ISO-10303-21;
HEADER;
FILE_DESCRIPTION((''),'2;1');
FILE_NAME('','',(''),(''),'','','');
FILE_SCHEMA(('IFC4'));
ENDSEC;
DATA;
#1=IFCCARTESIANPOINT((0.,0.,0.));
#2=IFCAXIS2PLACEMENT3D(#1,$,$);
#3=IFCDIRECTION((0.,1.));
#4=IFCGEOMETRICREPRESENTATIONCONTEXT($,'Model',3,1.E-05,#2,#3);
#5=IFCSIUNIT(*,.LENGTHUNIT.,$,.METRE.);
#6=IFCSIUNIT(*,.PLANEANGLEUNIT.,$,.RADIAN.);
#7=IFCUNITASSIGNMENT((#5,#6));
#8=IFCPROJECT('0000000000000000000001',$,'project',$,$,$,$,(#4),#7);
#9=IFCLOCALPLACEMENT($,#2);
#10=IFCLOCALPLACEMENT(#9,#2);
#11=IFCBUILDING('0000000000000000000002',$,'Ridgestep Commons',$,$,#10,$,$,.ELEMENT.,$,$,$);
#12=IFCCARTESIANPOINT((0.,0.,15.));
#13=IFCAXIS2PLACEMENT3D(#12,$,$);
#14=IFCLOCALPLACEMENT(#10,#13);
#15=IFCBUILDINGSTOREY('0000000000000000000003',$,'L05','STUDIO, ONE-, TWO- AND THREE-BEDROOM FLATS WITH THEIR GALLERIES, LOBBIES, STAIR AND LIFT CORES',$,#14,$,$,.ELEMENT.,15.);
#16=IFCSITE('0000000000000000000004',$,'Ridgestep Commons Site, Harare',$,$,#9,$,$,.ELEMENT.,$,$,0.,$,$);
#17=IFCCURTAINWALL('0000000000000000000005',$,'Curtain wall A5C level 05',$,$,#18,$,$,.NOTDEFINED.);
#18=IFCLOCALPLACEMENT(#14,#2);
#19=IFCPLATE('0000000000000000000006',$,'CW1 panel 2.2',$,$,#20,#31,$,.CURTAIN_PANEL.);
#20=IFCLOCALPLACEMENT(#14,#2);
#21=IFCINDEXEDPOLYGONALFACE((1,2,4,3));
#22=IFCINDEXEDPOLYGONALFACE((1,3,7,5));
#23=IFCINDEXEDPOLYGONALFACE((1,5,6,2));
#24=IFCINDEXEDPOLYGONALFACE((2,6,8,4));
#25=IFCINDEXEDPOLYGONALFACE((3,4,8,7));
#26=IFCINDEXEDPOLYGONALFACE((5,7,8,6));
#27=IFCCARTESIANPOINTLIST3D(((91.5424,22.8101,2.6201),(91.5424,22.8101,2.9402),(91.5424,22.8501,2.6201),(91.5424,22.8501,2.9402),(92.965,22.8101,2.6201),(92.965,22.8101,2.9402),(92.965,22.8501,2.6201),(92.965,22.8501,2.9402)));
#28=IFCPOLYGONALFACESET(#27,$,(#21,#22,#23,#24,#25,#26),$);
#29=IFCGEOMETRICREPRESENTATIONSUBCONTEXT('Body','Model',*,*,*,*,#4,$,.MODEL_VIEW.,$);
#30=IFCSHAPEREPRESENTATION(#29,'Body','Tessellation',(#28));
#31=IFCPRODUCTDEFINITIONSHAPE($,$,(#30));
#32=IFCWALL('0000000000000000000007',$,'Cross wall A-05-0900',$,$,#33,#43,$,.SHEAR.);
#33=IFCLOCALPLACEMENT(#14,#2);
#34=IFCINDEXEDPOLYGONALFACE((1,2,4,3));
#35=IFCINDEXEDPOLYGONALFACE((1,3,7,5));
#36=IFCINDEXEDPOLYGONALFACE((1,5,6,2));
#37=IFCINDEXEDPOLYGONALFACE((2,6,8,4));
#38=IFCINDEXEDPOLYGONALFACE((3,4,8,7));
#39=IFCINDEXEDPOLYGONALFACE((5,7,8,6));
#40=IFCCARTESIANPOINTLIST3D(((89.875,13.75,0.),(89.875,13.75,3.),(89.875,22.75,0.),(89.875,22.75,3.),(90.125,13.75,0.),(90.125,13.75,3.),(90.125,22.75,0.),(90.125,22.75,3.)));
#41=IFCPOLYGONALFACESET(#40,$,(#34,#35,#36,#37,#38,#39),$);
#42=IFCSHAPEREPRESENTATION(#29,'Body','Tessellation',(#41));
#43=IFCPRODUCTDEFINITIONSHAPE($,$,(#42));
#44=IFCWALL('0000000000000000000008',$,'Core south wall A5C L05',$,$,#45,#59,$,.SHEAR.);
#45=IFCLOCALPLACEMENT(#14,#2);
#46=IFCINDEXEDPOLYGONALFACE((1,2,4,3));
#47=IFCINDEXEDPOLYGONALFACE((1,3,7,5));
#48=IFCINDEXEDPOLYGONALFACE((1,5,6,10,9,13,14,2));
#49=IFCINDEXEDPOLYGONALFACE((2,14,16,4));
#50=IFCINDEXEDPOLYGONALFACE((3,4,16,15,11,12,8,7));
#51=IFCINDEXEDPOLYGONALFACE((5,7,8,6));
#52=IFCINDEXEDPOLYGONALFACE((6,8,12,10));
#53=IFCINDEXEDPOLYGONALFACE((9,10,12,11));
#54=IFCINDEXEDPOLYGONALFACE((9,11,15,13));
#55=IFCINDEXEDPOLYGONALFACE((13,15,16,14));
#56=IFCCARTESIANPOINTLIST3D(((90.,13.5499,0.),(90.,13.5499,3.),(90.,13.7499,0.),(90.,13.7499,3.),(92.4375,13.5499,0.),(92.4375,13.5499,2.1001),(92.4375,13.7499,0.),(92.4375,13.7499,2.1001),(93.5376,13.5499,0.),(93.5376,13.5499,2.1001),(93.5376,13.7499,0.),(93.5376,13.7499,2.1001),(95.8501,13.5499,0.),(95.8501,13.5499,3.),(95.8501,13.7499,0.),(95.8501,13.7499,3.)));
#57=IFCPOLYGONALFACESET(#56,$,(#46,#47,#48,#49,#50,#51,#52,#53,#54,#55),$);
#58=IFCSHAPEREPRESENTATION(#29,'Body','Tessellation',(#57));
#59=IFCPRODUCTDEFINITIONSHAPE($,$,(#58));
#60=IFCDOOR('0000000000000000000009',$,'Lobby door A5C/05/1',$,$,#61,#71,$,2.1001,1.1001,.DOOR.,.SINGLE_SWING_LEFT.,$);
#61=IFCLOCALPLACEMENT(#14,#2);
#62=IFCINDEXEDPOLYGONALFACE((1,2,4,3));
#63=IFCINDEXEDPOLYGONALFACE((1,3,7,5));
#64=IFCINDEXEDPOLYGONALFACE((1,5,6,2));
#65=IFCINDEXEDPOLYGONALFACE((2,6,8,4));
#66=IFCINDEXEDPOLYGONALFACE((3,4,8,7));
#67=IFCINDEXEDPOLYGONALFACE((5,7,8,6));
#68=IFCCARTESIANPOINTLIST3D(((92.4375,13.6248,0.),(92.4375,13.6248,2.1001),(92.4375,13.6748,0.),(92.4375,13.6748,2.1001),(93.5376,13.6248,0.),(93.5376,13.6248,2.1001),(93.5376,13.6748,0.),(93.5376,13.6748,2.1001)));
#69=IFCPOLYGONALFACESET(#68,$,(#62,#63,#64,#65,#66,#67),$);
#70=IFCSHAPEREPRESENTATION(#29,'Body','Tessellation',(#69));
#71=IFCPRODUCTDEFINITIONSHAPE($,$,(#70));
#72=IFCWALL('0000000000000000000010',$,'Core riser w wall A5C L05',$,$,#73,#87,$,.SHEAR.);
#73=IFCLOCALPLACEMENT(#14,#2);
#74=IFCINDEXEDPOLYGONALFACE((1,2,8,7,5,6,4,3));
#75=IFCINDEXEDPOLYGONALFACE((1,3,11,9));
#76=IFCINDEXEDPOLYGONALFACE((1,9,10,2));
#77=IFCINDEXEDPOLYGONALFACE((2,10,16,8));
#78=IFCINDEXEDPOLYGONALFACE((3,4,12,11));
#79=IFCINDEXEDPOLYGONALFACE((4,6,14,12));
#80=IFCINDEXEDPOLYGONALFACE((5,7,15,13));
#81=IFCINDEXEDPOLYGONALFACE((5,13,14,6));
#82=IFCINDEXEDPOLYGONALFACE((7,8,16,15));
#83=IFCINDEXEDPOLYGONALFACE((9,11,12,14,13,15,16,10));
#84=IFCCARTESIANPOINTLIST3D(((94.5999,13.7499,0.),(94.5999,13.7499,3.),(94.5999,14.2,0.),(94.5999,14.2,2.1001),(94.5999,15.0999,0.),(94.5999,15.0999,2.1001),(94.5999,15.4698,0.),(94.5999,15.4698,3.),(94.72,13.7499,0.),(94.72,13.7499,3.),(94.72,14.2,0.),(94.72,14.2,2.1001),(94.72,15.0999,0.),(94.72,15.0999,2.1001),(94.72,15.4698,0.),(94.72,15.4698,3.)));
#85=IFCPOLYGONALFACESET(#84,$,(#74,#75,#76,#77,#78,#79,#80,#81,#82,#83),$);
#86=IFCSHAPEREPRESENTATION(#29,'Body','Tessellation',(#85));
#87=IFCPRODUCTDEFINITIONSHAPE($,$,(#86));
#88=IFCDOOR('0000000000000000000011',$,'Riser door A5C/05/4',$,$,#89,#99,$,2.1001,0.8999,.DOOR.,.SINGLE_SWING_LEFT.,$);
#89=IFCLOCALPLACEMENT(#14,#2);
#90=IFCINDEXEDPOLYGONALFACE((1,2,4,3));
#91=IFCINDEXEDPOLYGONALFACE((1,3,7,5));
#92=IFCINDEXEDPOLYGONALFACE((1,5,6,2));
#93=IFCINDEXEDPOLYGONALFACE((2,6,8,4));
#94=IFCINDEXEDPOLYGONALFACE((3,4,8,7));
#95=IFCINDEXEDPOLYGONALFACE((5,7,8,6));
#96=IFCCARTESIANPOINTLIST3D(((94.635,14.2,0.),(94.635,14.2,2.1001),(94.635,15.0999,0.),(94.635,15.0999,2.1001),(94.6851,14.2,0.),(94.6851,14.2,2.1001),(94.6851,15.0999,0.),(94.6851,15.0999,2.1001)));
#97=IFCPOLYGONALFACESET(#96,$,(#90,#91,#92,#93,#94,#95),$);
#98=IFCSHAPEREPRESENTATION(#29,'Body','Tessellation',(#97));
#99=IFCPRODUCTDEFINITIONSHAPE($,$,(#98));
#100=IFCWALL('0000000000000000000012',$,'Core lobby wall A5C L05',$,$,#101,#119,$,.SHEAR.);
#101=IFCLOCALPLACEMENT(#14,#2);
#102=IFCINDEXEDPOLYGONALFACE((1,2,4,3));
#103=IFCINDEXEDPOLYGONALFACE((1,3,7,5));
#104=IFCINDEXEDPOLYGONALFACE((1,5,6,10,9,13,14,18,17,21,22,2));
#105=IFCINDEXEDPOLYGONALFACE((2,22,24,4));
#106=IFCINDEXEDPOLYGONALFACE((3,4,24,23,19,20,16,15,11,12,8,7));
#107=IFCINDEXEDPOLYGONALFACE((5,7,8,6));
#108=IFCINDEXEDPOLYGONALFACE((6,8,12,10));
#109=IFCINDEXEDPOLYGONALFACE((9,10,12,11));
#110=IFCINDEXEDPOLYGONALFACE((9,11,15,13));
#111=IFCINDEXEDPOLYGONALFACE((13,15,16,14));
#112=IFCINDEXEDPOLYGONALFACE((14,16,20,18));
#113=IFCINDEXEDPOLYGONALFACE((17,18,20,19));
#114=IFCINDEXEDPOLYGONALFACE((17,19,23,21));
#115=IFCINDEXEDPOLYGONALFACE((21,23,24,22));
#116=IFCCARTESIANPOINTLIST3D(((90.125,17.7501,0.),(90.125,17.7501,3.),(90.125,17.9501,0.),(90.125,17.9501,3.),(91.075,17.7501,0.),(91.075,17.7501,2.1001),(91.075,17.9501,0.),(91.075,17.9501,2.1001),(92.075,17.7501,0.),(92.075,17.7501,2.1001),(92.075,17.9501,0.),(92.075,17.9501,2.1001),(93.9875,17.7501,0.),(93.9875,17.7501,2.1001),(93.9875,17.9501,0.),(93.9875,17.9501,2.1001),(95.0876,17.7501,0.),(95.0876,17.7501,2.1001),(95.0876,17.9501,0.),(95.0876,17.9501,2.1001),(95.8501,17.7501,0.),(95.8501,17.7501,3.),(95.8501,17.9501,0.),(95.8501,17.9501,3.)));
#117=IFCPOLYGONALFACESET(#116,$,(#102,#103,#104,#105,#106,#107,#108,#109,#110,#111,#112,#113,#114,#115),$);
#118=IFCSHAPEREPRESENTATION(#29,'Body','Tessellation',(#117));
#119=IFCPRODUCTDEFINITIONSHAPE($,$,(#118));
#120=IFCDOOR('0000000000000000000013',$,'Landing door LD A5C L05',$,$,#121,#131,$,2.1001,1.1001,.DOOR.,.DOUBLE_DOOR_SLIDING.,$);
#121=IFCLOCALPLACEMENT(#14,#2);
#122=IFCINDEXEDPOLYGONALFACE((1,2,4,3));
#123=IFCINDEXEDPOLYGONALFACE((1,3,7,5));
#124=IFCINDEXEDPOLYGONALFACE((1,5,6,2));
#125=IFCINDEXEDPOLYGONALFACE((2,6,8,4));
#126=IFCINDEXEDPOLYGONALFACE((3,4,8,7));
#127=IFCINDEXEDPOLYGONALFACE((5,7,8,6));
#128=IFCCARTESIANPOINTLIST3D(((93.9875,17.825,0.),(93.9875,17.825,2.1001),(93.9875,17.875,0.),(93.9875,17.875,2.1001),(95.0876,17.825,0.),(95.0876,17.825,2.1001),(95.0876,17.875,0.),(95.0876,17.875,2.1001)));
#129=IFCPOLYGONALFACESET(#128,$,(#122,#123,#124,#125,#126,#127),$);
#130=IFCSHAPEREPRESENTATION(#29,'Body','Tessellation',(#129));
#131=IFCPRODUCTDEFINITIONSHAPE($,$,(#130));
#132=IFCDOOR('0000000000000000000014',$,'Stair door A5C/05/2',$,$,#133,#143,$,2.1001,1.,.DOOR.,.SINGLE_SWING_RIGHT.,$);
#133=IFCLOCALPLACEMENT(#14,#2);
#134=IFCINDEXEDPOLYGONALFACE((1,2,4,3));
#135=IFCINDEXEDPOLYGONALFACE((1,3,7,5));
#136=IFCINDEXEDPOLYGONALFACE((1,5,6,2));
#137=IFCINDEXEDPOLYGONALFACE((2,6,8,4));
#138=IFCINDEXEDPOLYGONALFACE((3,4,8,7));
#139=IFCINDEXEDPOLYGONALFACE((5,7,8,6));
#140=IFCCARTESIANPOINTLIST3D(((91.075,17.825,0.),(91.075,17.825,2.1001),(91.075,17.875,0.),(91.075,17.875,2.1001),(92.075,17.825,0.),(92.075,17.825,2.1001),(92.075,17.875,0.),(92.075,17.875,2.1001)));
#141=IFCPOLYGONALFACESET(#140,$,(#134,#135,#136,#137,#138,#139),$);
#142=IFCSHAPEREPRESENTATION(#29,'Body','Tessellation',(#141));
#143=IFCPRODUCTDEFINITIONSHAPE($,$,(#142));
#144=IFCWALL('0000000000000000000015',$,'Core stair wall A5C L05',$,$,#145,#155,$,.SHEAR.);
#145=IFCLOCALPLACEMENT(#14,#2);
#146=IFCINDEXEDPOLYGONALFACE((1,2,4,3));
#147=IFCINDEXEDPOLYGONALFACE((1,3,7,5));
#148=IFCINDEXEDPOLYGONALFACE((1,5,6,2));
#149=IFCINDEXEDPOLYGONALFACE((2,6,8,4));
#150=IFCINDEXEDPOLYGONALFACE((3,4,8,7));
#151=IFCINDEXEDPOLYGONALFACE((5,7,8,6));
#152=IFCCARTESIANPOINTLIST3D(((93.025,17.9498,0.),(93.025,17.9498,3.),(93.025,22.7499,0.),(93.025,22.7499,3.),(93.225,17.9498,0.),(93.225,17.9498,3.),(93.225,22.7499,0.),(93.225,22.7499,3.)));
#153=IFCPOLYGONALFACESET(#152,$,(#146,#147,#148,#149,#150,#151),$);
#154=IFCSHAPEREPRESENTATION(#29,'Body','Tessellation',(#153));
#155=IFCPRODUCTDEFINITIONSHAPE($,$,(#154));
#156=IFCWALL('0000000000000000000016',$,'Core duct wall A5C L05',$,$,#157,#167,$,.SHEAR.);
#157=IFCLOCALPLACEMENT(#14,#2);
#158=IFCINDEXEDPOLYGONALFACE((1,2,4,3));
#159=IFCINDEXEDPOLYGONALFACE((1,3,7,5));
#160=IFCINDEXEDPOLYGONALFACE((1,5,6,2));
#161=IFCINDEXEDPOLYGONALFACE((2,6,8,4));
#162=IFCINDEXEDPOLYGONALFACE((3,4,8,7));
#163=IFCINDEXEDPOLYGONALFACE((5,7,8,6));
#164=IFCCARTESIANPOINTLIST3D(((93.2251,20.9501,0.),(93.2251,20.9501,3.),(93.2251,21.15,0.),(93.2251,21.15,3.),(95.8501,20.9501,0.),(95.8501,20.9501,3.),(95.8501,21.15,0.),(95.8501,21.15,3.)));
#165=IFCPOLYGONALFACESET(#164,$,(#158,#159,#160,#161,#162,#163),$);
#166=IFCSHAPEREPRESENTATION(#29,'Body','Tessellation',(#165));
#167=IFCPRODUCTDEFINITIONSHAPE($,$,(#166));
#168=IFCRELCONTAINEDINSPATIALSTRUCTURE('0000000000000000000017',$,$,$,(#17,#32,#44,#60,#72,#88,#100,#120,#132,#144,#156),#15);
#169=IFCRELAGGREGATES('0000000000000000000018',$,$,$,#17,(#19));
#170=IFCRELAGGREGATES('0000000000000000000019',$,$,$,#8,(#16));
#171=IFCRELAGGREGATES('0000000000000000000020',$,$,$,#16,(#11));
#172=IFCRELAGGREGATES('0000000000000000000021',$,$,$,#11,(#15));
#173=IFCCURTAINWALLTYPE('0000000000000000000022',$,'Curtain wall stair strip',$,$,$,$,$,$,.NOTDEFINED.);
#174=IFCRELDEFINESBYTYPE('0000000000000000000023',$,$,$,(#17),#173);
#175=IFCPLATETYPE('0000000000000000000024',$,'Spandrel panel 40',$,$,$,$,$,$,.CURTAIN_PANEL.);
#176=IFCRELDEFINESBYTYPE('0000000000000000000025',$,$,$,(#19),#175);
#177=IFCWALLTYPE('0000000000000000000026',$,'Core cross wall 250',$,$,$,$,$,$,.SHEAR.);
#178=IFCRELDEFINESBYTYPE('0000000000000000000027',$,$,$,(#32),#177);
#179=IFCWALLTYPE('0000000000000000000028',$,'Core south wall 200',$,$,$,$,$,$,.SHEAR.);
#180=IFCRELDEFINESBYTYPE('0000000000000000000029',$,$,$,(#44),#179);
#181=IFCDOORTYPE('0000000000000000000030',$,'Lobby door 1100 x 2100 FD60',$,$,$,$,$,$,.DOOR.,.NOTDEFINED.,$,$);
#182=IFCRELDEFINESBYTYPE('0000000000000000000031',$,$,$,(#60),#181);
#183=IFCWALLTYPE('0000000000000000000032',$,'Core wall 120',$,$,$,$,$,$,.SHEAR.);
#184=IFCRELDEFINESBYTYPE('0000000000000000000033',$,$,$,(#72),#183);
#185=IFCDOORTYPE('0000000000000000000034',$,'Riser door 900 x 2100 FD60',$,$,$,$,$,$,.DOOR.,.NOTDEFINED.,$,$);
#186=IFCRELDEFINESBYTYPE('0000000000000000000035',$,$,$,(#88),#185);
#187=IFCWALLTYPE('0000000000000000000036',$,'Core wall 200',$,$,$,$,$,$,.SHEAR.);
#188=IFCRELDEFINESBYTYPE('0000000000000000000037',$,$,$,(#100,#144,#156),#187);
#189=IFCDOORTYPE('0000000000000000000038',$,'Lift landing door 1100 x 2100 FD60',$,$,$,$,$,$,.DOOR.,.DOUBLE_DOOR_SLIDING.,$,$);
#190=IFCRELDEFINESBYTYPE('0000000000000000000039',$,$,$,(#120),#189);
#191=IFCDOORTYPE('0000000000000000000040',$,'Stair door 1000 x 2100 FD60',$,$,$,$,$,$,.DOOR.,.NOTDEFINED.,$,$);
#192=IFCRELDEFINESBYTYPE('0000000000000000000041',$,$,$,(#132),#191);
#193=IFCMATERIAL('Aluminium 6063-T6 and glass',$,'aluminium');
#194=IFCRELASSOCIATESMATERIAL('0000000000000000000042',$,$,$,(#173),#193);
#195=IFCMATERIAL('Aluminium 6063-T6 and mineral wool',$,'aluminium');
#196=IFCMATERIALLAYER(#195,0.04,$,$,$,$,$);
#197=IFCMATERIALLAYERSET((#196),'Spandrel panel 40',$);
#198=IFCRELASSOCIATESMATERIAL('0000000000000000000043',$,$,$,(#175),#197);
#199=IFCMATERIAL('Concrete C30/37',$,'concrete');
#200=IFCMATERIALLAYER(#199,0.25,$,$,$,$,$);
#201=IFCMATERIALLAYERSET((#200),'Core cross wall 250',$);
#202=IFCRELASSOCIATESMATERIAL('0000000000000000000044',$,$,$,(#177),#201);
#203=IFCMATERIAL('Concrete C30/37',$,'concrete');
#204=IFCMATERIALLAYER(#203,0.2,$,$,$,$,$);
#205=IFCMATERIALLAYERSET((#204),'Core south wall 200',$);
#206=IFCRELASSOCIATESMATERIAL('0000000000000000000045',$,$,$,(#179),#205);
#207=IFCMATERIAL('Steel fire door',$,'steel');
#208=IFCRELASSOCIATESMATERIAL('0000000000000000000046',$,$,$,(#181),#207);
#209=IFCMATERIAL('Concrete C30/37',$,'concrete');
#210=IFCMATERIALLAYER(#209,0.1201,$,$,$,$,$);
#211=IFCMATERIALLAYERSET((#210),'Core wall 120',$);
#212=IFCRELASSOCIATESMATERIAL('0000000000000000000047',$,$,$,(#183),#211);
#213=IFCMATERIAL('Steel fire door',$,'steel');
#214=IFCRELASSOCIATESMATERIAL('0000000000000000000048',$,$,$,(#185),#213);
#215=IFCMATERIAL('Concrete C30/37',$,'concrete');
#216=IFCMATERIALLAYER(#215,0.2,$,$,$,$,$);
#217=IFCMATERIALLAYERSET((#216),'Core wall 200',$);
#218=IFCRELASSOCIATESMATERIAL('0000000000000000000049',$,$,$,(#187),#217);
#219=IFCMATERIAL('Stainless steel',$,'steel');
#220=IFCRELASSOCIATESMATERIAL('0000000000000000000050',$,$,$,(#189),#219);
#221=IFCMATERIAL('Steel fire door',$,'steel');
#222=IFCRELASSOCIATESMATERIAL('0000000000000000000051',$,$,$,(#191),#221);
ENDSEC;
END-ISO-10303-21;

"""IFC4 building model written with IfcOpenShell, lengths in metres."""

from ifc_helpers import new_model, si_unit, direction, frame, frame_2d, origin, origin_2d, place, context, subcontext, project, spatial, rectangle, extrude, material, layer, layer_set, type_object, element, fill, aggregate, save


model = new_model("IFC4")

# Units and contexts
model_context = context("Model", 3, precision=1e-05, world=origin(), true_north=direction((0.0, 1.0)))
body_context = subcontext(model_context, "Body", "Model", "MODEL_VIEW")
ifc_project = project(units=[si_unit("LENGTHUNIT", "METRE"), si_unit("PLANEANGLEUNIT", "RADIAN")], contexts=[model_context])

# Site, building, storey
site_placement = place(None, origin())
site = spatial("IfcSite", under=ifc_project, at=site_placement, Name="Ridgestep Commons Site, Harare", CompositionType="ELEMENT", RefElevation=0.0)
building_placement = place(site_placement, origin())
building = spatial("IfcBuilding", under=site, at=building_placement, Name="Ridgestep Commons", CompositionType="ELEMENT")
storey_placement = place(building_placement, frame((0.0, 0.0, 15.0)))
storey = spatial("IfcBuildingStorey", under=building, at=storey_placement, Name="L05", Description="STUDIO, ONE-, TWO- AND THREE-BEDROOM FLATS WITH THEIR GALLERIES, LOBBIES, STAIR AND LIFT CORES", CompositionType="ELEMENT", Elevation=15.0)

# Curtain wall, plate
ifc_material_1 = material(Name="Aluminium 6063-T6 and glass", Category="aluminium")
curtain_wall_type = type_object("IfcCurtainWallType", Name="Curtain wall stair strip", PredefinedType="NOTDEFINED", material=ifc_material_1)
curtain_wall_placement = place(storey_placement, origin())
curtain_wall = element("IfcCurtainWall", 1, at=curtain_wall_placement, inside=storey, type_object=curtain_wall_type, Name="Curtain wall A5C level 05", PredefinedType="NOTDEFINED")
ifc_material_2 = material(Name="Aluminium 6063-T6 and mineral wool", Category="aluminium")
ifc_layer_1 = layer(ifc_material_2, 0.04)
ifc_layer_set_1 = layer_set([ifc_layer_1], Name="Spandrel panel 40")
plate_type_1 = type_object("IfcPlateType", Name="Spandrel panel 40", PredefinedType="CURTAIN_PANEL", material=ifc_layer_set_1)
plate_1_placement = place(storey_placement, frame((92.2537, 22.8301, 2.6201), z_axis=(0.0, 0.0, 1.0), x_axis=(1.0, 0.0, 0.0)))
plate_1 = element("IfcPlate", 2, at=plate_1_placement, type_object=plate_type_1, Name="CW1 panel 2.2", PredefinedType="CURTAIN_PANEL", context=body_context, shape_type="SweptSolid", body=[
    extrude(rectangle(XDim=1.4226, YDim=0.04, at=origin_2d()), origin(), (0.0, 0.0, 1.0), 0.3201),
])
aggregate(curtain_wall, [plate_1])

# Wall
ifc_material_3 = material(Name="Concrete C30/37", Category="concrete")
ifc_layer_2 = layer(ifc_material_3, 0.25)
ifc_layer_set_2 = layer_set([ifc_layer_2], Name="Core cross wall 250")
wall_type_1 = type_object("IfcWallType", Name="Core cross wall 250", PredefinedType="SHEAR", material=ifc_layer_set_2)
wall_1_placement = place(storey_placement, frame((90.0, 13.75, 0.0), z_axis=(0.0, 0.0, 1.0), x_axis=(0.0, 1.0, 0.0)))
element("IfcWall", 3, at=wall_1_placement, inside=storey, type_object=wall_type_1, Name="Cross wall A-05-0900", PredefinedType="SHEAR", context=body_context, shape_type="SweptSolid", body=[
    extrude(rectangle(XDim=9.0, YDim=0.25, at=frame_2d((4.5, 0.0))), origin(), (0.0, 0.0, 1.0), 3.0),
])

# Walls, openings, doors
ifc_material_4 = material(Name="Concrete C30/37", Category="concrete")
ifc_layer_3 = layer(ifc_material_4, 0.2)
ifc_layer_set_3 = layer_set([ifc_layer_3], Name="Core south wall 200")
wall_type_2 = type_object("IfcWallType", Name="Core south wall 200", PredefinedType="SHEAR", material=ifc_layer_set_3)
wall_2_placement = place(storey_placement, frame((90.0, 13.6499, 0.0), z_axis=(0.0, 0.0, 1.0), x_axis=(1.0, 0.0, 0.0)))
wall_2 = element("IfcWall", 4, at=wall_2_placement, inside=storey, type_object=wall_type_2, Name="Core south wall A5C L05", PredefinedType="SHEAR", context=body_context, shape_type="SweptSolid", body=[
    extrude(rectangle(XDim=5.8501, YDim=0.2, at=frame_2d((2.925, 0.0))), origin(), (0.0, 0.0, 1.0), 3.0),
])
opening_1_placement = place(wall_2_placement, frame((2.4375, 0.0, 0.0)))
opening_1 = element("IfcOpeningElement", 5, at=opening_1_placement, cuts=wall_2, PredefinedType="OPENING", context=body_context, shape_type="SweptSolid", body=[
    extrude(rectangle(XDim=1.1001, YDim=2.1001, at=frame_2d((0.55, 1.05))), frame((0.0, 0.1099, 0.0), z_axis=(0.0, -1.0, 0.0), x_axis=(1.0, 0.0, 0.0)), (0.0, 0.0, 1.0), 0.22),
])
ifc_material_5 = material(Name="Steel fire door", Category="steel")
door_type_1 = type_object("IfcDoorType", Name="Lobby door 1100 x 2100 FD60", OperationType="NOTDEFINED", PredefinedType="DOOR", material=ifc_material_5)
door_1_placement = place(opening_1_placement, origin())
door_1 = element("IfcDoor", 6, at=door_1_placement, inside=storey, type_object=door_type_1, Name="Lobby door A5C/05/1", OperationType="SINGLE_SWING_LEFT", OverallHeight=2.1001, OverallWidth=1.1001, PredefinedType="DOOR", context=body_context, shape_type="SweptSolid", body=[
    extrude(rectangle(XDim=1.1001, YDim=2.1001, at=frame_2d((0.55, 1.05))), frame((0.0, 0.0249, 0.0), z_axis=(0.0, -1.0, 0.0), x_axis=(1.0, 0.0, 0.0)), (0.0, 0.0, 1.0), 0.05),
])
fill(opening_1, door_1)
ifc_material_6 = material(Name="Concrete C30/37", Category="concrete")
ifc_layer_4 = layer(ifc_material_6, 0.1201)
ifc_layer_set_4 = layer_set([ifc_layer_4], Name="Core wall 120")
wall_type_3 = type_object("IfcWallType", Name="Core wall 120", PredefinedType="SHEAR", material=ifc_layer_set_4)
wall_3_placement = place(storey_placement, frame((94.6599, 13.75, 0.0), z_axis=(0.0, 0.0, 1.0), x_axis=(0.0, 1.0, 0.0)))
wall_3 = element("IfcWall", 7, at=wall_3_placement, inside=storey, type_object=wall_type_3, Name="Core riser w wall A5C L05", PredefinedType="SHEAR", context=body_context, shape_type="SweptSolid", body=[
    extrude(rectangle(XDim=1.72, YDim=0.1201, at=frame_2d((0.8599, 0.0))), origin(), (0.0, 0.0, 1.0), 3.0),
])
opening_2_placement = place(wall_3_placement, frame((0.45, 0.0, 0.0)))
opening_2 = element("IfcOpeningElement", 8, at=opening_2_placement, cuts=wall_3, PredefinedType="OPENING", context=body_context, shape_type="SweptSolid", body=[
    extrude(rectangle(XDim=0.8999, YDim=2.1001, at=frame_2d((0.45, 1.05))), frame((0.0, 0.0701, 0.0), z_axis=(0.0, -1.0, 0.0), x_axis=(1.0, 0.0, 0.0)), (0.0, 0.0, 1.0), 0.1401),
])
ifc_material_7 = material(Name="Steel fire door", Category="steel")
door_type_2 = type_object("IfcDoorType", Name="Riser door 900 x 2100 FD60", OperationType="NOTDEFINED", PredefinedType="DOOR", material=ifc_material_7)
door_2_placement = place(opening_2_placement, origin())
door_2 = element("IfcDoor", 9, at=door_2_placement, inside=storey, type_object=door_type_2, Name="Riser door A5C/05/4", OperationType="SINGLE_SWING_LEFT", OverallHeight=2.1001, OverallWidth=0.8999, PredefinedType="DOOR", context=body_context, shape_type="SweptSolid", body=[
    extrude(rectangle(XDim=0.8999, YDim=2.1001, at=frame_2d((0.45, 1.05))), frame((0.0, 0.0249, 0.0), z_axis=(0.0, -1.0, 0.0), x_axis=(1.0, 0.0, 0.0)), (0.0, 0.0, 1.0), 0.05),
])
fill(opening_2, door_2)

# Wall, openings, doors
ifc_material_8 = material(Name="Concrete C30/37", Category="concrete")
ifc_layer_5 = layer(ifc_material_8, 0.2)
ifc_layer_set_5 = layer_set([ifc_layer_5], Name="Core wall 200")
wall_type_4 = type_object("IfcWallType", Name="Core wall 200", PredefinedType="SHEAR", material=ifc_layer_set_5)
wall_4_placement = place(storey_placement, frame((90.125, 17.8501, 0.0), z_axis=(0.0, 0.0, 1.0), x_axis=(1.0, 0.0, 0.0)))
wall_4 = element("IfcWall", 10, at=wall_4_placement, inside=storey, type_object=wall_type_4, Name="Core lobby wall A5C L05", PredefinedType="SHEAR", context=body_context, shape_type="SweptSolid", body=[
    extrude(rectangle(XDim=5.7251, YDim=0.2, at=frame_2d((2.8625, 0.0))), origin(), (0.0, 0.0, 1.0), 3.0),
])
opening_3_placement = place(wall_4_placement, frame((0.95, 0.0, 0.0)))
opening_3 = element("IfcOpeningElement", 11, at=opening_3_placement, cuts=wall_4, PredefinedType="OPENING", context=body_context, shape_type="SweptSolid", body=[
    extrude(rectangle(XDim=1.0, YDim=2.1001, at=frame_2d((0.5, 1.05))), frame((0.0, 0.1099, 0.0), z_axis=(0.0, -1.0, 0.0), x_axis=(1.0, 0.0, 0.0)), (0.0, 0.0, 1.0), 0.22),
])
opening_4_placement = place(wall_4_placement, frame((3.8625, 0.0, 0.0)))
opening_4 = element("IfcOpeningElement", 12, at=opening_4_placement, cuts=wall_4, PredefinedType="OPENING", context=body_context, shape_type="SweptSolid", body=[
    extrude(rectangle(XDim=1.1001, YDim=2.1001, at=frame_2d((0.55, 1.05))), frame((0.0, 0.1099, 0.0), z_axis=(0.0, -1.0, 0.0), x_axis=(1.0, 0.0, 0.0)), (0.0, 0.0, 1.0), 0.22),
])
ifc_material_9 = material(Name="Stainless steel", Category="steel")
door_type_3 = type_object("IfcDoorType", Name="Lift landing door 1100 x 2100 FD60", OperationType="DOUBLE_DOOR_SLIDING", PredefinedType="DOOR", material=ifc_material_9)
door_3_placement = place(opening_4_placement, origin())
door_3 = element("IfcDoor", 13, at=door_3_placement, inside=storey, type_object=door_type_3, Name="Landing door LD A5C L05", OperationType="DOUBLE_DOOR_SLIDING", OverallHeight=2.1001, OverallWidth=1.1001, PredefinedType="DOOR", context=body_context, shape_type="SweptSolid", body=[
    extrude(rectangle(XDim=1.1001, YDim=2.1001, at=frame_2d((0.55, 1.05))), frame((0.0, 0.0249, 0.0), z_axis=(0.0, -1.0, 0.0), x_axis=(1.0, 0.0, 0.0)), (0.0, 0.0, 1.0), 0.05),
])
fill(opening_4, door_3)
ifc_material_10 = material(Name="Steel fire door", Category="steel")
door_type_4 = type_object("IfcDoorType", Name="Stair door 1000 x 2100 FD60", OperationType="NOTDEFINED", PredefinedType="DOOR", material=ifc_material_10)
door_4_placement = place(opening_3_placement, origin())
door_4 = element("IfcDoor", 14, at=door_4_placement, inside=storey, type_object=door_type_4, Name="Stair door A5C/05/2", OperationType="SINGLE_SWING_RIGHT", OverallHeight=2.1001, OverallWidth=1.0, PredefinedType="DOOR", context=body_context, shape_type="SweptSolid", body=[
    extrude(rectangle(XDim=1.0, YDim=2.1001, at=frame_2d((0.5, 1.05))), frame((0.0, 0.0249, 0.0), z_axis=(0.0, -1.0, 0.0), x_axis=(1.0, 0.0, 0.0)), (0.0, 0.0, 1.0), 0.05),
])
fill(opening_3, door_4)

# Walls
wall_5_placement = place(storey_placement, frame((93.125, 17.95, 0.0), z_axis=(0.0, 0.0, 1.0), x_axis=(0.0, 1.0, 0.0)))
element("IfcWall", 15, at=wall_5_placement, inside=storey, type_object=wall_type_4, Name="Core stair wall A5C L05", PredefinedType="SHEAR", context=body_context, shape_type="SweptSolid", body=[
    extrude(rectangle(XDim=4.8, YDim=0.2, at=frame_2d((2.3999, 0.0))), origin(), (0.0, 0.0, 1.0), 3.0),
])
wall_6_placement = place(storey_placement, frame((93.2251, 21.05, 0.0), z_axis=(0.0, 0.0, 1.0), x_axis=(1.0, 0.0, 0.0)))
element("IfcWall", 16, at=wall_6_placement, inside=storey, type_object=wall_type_4, Name="Core duct wall A5C L05", PredefinedType="SHEAR", context=body_context, shape_type="SweptSolid", body=[
    extrude(rectangle(XDim=2.625, YDim=0.2, at=frame_2d((1.3125, 0.0))), origin(), (0.0, 0.0, 1.0), 3.0),
])

save(model, "model.ifc")
